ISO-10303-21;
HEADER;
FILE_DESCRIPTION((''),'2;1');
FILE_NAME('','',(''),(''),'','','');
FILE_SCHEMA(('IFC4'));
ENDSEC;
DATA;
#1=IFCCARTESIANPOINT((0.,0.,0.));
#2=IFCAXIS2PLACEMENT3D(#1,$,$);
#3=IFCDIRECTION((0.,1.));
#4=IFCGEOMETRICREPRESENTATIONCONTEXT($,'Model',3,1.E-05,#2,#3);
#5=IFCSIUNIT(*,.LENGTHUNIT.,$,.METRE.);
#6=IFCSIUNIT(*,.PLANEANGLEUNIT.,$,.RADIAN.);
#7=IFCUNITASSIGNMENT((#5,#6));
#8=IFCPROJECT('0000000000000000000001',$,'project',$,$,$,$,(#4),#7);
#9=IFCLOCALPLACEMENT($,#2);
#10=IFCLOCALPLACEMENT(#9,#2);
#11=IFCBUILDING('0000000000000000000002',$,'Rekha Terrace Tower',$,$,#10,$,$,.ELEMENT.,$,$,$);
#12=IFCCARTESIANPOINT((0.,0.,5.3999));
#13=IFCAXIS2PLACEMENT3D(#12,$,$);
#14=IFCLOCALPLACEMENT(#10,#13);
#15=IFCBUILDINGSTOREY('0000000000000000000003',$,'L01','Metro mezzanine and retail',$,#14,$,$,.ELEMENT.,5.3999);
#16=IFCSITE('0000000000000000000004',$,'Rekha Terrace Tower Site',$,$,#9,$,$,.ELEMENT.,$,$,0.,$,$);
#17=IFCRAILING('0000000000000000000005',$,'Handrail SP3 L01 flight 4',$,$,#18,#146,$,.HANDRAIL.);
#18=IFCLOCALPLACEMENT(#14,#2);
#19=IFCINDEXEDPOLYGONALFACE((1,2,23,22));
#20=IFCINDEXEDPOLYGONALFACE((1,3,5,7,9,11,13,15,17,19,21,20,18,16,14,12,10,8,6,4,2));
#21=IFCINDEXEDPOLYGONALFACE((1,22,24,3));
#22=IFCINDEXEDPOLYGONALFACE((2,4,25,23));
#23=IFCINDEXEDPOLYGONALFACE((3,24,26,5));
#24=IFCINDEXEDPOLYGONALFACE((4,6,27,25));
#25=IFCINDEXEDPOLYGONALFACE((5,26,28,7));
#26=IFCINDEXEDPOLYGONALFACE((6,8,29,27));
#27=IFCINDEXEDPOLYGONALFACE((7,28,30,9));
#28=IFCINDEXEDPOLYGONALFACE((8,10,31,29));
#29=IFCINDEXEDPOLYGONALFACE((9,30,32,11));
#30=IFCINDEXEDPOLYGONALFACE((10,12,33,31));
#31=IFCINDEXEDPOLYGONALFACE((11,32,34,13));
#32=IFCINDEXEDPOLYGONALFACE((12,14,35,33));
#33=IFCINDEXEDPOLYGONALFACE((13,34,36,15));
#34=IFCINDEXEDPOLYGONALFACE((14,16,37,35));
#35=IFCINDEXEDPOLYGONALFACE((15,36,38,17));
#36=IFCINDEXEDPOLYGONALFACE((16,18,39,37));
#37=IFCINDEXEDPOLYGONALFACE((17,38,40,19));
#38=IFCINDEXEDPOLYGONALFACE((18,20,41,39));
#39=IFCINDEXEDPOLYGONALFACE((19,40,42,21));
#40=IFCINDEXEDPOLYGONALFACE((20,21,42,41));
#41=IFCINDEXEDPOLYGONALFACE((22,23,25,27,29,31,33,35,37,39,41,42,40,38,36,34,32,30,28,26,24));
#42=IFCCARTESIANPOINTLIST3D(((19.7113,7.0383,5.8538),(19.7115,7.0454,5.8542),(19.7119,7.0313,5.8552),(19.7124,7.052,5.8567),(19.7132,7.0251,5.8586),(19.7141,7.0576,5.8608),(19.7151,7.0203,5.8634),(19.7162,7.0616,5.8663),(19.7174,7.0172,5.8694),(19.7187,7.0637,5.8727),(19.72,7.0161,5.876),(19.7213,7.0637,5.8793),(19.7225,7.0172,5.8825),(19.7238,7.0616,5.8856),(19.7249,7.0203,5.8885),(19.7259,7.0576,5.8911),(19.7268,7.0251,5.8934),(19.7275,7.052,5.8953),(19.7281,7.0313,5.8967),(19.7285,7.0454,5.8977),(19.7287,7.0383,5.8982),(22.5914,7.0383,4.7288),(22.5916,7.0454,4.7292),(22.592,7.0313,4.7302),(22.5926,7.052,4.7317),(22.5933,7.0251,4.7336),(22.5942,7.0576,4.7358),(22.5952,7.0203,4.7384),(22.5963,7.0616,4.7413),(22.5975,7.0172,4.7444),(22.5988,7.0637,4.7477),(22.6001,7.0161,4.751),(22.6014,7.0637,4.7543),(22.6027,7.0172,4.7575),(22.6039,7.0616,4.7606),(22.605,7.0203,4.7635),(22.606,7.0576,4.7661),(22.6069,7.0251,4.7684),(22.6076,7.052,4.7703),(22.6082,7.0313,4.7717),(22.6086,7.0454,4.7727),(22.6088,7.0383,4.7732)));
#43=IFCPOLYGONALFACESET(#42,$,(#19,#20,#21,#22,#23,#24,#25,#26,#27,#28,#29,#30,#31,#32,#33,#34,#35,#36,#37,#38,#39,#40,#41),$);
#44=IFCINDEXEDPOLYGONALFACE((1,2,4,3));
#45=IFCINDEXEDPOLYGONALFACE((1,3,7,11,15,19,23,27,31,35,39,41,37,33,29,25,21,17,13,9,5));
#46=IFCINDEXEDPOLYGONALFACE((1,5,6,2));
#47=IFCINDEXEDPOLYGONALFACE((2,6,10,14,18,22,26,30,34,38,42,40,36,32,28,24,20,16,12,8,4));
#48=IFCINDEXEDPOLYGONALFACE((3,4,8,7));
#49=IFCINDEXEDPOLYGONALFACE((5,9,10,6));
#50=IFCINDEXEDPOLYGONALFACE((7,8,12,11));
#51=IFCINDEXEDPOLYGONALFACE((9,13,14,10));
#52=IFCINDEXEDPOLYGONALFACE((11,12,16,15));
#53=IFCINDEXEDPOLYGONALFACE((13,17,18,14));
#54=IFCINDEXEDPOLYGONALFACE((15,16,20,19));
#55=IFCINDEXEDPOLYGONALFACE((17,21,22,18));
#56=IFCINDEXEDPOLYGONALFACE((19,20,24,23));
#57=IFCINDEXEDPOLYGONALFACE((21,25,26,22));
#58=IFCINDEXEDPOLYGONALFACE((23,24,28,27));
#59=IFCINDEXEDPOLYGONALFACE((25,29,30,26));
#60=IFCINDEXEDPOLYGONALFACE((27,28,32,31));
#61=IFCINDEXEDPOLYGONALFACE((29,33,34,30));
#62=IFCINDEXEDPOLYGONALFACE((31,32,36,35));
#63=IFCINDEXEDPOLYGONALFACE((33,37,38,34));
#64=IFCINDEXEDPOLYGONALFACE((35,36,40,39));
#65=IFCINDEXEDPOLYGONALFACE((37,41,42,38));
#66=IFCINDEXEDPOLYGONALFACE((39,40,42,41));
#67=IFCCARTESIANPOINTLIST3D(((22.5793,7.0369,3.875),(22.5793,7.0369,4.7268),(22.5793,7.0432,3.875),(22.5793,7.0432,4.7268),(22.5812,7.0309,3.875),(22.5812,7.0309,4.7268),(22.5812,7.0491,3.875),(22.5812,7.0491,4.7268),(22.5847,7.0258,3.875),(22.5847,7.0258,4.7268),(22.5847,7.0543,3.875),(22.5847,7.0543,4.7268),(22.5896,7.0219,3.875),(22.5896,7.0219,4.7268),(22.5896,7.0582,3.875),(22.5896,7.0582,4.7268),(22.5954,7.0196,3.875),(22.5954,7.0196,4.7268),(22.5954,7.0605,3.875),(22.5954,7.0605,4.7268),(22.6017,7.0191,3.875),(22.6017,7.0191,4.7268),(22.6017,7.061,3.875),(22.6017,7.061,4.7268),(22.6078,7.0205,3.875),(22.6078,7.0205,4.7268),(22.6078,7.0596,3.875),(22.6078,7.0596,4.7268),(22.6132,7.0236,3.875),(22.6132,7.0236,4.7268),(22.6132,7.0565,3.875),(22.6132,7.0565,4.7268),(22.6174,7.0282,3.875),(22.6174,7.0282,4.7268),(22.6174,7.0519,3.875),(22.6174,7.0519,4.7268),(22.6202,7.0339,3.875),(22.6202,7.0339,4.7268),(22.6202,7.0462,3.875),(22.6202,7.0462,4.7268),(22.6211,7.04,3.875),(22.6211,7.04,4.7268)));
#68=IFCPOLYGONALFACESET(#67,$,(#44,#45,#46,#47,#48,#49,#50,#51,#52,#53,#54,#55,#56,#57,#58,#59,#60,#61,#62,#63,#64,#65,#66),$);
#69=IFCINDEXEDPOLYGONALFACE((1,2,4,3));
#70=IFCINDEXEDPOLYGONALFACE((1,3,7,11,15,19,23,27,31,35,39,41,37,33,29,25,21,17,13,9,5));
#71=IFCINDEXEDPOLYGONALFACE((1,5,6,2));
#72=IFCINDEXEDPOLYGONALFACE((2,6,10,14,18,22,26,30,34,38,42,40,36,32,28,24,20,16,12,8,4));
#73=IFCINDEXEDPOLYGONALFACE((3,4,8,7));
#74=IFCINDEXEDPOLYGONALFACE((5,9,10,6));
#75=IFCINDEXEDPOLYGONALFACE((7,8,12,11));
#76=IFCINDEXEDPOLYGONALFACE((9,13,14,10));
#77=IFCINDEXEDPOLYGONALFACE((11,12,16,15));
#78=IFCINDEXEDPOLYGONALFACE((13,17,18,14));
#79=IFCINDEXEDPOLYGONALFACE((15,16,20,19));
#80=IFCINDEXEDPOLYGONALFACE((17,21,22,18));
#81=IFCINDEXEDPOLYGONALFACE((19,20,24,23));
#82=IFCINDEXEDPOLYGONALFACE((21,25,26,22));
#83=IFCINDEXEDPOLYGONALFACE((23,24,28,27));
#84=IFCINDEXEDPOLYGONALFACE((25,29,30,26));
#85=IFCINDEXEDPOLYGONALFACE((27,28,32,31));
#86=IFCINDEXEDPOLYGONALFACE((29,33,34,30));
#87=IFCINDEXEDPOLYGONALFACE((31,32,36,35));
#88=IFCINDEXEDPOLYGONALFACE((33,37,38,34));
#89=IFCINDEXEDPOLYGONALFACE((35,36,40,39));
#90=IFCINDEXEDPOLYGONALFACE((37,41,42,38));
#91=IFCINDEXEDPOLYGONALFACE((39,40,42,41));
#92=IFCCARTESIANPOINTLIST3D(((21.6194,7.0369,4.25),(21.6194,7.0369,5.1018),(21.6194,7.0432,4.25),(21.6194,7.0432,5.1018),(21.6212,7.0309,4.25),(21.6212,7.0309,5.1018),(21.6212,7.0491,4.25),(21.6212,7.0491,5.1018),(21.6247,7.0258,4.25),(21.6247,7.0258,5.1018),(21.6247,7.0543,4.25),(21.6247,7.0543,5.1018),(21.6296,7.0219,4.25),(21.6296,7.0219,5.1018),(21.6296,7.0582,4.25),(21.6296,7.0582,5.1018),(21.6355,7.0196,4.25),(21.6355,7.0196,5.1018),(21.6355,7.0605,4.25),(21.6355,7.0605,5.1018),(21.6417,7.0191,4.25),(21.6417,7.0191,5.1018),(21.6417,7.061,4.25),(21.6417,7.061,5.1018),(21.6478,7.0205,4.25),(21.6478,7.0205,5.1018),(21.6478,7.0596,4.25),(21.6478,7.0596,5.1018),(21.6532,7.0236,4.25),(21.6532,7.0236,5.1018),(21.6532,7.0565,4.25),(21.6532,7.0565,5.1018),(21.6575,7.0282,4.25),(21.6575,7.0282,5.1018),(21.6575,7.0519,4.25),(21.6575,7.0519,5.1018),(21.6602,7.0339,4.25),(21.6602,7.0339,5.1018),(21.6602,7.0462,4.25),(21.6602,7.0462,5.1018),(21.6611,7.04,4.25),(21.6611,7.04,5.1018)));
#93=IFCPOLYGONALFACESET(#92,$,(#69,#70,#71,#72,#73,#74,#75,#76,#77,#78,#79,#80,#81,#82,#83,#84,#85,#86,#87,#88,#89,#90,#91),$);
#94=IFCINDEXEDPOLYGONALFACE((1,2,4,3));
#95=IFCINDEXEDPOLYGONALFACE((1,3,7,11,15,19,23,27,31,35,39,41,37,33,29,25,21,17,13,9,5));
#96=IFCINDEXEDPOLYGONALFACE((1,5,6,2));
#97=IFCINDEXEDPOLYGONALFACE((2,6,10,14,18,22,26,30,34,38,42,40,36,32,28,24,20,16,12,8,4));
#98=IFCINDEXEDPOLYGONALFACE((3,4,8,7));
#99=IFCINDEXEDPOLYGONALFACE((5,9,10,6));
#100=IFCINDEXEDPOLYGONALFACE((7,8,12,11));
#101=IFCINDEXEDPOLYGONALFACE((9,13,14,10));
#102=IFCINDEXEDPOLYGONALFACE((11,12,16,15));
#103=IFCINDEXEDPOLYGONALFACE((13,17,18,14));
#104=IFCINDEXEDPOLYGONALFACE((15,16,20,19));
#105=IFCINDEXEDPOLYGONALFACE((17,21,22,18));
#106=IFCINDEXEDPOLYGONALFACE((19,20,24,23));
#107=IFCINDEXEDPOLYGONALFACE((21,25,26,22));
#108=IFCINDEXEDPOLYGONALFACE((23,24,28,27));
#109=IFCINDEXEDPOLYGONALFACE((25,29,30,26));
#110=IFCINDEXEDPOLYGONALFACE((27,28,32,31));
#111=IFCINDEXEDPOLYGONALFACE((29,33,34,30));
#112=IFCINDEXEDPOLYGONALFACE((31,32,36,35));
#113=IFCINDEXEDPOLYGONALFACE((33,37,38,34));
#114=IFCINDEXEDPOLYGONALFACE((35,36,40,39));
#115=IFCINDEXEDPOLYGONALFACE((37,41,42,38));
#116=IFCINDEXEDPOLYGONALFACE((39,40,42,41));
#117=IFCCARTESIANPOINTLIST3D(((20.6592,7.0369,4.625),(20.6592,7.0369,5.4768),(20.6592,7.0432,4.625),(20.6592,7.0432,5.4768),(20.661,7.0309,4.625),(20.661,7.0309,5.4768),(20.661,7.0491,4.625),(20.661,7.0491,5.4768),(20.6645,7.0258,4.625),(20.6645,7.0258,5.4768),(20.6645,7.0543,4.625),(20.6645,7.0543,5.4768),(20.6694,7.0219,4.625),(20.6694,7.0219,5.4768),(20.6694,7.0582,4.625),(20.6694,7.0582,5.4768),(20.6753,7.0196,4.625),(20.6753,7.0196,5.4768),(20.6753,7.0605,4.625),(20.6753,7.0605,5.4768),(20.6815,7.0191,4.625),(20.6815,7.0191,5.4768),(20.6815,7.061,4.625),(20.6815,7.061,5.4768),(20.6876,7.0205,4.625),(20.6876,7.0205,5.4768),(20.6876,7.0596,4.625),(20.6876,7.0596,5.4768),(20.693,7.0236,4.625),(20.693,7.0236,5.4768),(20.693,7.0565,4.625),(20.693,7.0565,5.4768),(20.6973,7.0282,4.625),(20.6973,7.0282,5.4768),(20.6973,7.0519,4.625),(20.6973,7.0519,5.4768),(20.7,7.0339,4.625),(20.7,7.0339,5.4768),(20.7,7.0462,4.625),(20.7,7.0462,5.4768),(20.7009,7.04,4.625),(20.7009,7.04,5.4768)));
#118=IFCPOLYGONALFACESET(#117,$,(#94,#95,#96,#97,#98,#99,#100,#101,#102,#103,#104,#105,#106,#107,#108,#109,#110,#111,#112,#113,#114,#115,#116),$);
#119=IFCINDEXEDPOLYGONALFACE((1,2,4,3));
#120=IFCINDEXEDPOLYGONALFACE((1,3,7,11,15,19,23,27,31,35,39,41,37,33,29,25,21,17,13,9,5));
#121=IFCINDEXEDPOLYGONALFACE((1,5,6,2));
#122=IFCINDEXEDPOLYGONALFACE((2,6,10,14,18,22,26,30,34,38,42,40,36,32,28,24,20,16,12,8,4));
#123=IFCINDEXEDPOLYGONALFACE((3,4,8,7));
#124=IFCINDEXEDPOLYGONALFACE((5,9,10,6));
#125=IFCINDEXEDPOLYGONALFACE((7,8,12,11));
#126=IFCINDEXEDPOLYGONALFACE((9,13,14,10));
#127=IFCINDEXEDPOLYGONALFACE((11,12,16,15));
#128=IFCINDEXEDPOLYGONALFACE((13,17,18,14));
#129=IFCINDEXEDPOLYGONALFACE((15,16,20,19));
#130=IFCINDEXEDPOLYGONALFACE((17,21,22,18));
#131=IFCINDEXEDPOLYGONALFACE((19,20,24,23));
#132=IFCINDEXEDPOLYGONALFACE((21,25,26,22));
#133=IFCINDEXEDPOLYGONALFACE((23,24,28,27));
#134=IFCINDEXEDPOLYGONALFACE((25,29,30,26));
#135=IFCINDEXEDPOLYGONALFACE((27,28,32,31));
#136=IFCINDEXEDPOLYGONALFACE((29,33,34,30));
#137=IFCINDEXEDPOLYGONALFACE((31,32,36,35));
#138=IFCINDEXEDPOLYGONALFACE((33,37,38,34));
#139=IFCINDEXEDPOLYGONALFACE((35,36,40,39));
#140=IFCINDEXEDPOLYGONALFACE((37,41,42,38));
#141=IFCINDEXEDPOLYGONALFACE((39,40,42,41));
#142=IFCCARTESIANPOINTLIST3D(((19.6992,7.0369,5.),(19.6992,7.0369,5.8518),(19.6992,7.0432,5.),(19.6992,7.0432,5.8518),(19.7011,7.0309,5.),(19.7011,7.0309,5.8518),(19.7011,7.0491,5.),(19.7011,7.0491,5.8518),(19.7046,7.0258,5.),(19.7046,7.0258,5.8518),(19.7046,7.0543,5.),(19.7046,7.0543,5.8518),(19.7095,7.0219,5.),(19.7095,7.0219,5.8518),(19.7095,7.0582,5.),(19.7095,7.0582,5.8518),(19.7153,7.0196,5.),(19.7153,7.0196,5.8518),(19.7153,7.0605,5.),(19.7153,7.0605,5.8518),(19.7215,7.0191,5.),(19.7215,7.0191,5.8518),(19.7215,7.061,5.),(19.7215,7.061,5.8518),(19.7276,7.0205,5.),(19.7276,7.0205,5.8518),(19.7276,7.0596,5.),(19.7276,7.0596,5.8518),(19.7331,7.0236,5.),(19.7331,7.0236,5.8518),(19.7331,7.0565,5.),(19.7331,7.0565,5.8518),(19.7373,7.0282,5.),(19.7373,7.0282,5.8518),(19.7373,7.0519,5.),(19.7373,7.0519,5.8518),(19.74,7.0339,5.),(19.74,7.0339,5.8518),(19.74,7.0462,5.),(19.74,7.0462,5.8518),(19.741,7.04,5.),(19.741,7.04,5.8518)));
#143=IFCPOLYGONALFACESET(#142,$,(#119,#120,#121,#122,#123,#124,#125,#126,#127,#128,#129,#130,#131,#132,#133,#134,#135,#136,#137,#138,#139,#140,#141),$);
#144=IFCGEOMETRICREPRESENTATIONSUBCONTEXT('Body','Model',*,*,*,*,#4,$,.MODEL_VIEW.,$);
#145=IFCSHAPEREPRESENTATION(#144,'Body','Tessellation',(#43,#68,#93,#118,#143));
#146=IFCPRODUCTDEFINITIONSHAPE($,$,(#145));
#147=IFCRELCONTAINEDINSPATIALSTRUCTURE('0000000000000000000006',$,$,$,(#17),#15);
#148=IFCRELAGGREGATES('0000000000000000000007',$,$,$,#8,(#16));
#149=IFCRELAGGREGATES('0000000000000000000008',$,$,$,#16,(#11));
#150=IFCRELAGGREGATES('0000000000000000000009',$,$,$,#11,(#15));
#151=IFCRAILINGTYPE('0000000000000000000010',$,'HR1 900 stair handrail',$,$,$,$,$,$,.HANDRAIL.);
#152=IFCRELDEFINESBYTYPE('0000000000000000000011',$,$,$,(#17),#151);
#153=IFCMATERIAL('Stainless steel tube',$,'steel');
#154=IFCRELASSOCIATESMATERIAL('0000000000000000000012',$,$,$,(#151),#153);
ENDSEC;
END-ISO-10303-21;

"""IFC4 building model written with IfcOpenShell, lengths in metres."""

from ifc_helpers import new_model, si_unit, direction, frame, origin, origin_2d, place, context, subcontext, project, spatial, circle, extrude, material, type_object, element, save


model = new_model("IFC4")

# Units and contexts
model_context = context("Model", 3, precision=1e-05, world=origin(), true_north=direction((0.0, 1.0)))
body_context = subcontext(model_context, "Body", "Model", "MODEL_VIEW")
ifc_project = project(units=[si_unit("LENGTHUNIT", "METRE"), si_unit("PLANEANGLEUNIT", "RADIAN")], contexts=[model_context])

# Site, building, storey
site_placement = place(None, origin())
site = spatial("IfcSite", under=ifc_project, at=site_placement, Name="Rekha Terrace Tower Site", CompositionType="ELEMENT", RefElevation=0.0)
building_placement = place(site_placement, origin())
building = spatial("IfcBuilding", under=site, at=building_placement, Name="Rekha Terrace Tower", CompositionType="ELEMENT")
storey_placement = place(building_placement, frame((0.0, 0.0, 5.3999)))
storey = spatial("IfcBuildingStorey", under=building, at=storey_placement, Name="L01", Description="Metro mezzanine and retail", CompositionType="ELEMENT", Elevation=5.3999)

# Railing
ifc_material_1 = material(Name="Stainless steel tube", Category="steel")
railing_type = type_object("IfcRailingType", Name="HR1 900 stair handrail", PredefinedType="HANDRAIL", material=ifc_material_1)
railing_placement = place(storey_placement, frame((22.6001, 7.04, 3.875)))
element("IfcRailing", 1, at=railing_placement, inside=storey, type_object=railing_type, Name="Handrail SP3 L01 flight 4", PredefinedType="HANDRAIL", context=body_context, shape_type="SweptSolid", body=[
    extrude(circle(Radius=0.0239, at=origin_2d()), frame((0.0, 0.0, 0.876), z_axis=(-0.931463, 0.0, 0.363837), x_axis=(0.0, -1.0, 0.0)), (0.0, 0.0, 1.0), 3.092),
    extrude(circle(Radius=0.021, at=origin_2d()), origin(), (0.0, 0.0, 1.0), 0.8518),
    extrude(circle(Radius=0.021, at=origin_2d()), frame((-0.96, 0.0, 0.375)), (0.0, 0.0, 1.0), 0.8518),
    extrude(circle(Radius=0.021, at=origin_2d()), frame((-1.9202, 0.0, 0.75)), (0.0, 0.0, 1.0), 0.8518),
    extrude(circle(Radius=0.021, at=origin_2d()), frame((-2.8801, 0.0, 1.125)), (0.0, 0.0, 1.0), 0.8518),
])

save(model, "model.ifc")
